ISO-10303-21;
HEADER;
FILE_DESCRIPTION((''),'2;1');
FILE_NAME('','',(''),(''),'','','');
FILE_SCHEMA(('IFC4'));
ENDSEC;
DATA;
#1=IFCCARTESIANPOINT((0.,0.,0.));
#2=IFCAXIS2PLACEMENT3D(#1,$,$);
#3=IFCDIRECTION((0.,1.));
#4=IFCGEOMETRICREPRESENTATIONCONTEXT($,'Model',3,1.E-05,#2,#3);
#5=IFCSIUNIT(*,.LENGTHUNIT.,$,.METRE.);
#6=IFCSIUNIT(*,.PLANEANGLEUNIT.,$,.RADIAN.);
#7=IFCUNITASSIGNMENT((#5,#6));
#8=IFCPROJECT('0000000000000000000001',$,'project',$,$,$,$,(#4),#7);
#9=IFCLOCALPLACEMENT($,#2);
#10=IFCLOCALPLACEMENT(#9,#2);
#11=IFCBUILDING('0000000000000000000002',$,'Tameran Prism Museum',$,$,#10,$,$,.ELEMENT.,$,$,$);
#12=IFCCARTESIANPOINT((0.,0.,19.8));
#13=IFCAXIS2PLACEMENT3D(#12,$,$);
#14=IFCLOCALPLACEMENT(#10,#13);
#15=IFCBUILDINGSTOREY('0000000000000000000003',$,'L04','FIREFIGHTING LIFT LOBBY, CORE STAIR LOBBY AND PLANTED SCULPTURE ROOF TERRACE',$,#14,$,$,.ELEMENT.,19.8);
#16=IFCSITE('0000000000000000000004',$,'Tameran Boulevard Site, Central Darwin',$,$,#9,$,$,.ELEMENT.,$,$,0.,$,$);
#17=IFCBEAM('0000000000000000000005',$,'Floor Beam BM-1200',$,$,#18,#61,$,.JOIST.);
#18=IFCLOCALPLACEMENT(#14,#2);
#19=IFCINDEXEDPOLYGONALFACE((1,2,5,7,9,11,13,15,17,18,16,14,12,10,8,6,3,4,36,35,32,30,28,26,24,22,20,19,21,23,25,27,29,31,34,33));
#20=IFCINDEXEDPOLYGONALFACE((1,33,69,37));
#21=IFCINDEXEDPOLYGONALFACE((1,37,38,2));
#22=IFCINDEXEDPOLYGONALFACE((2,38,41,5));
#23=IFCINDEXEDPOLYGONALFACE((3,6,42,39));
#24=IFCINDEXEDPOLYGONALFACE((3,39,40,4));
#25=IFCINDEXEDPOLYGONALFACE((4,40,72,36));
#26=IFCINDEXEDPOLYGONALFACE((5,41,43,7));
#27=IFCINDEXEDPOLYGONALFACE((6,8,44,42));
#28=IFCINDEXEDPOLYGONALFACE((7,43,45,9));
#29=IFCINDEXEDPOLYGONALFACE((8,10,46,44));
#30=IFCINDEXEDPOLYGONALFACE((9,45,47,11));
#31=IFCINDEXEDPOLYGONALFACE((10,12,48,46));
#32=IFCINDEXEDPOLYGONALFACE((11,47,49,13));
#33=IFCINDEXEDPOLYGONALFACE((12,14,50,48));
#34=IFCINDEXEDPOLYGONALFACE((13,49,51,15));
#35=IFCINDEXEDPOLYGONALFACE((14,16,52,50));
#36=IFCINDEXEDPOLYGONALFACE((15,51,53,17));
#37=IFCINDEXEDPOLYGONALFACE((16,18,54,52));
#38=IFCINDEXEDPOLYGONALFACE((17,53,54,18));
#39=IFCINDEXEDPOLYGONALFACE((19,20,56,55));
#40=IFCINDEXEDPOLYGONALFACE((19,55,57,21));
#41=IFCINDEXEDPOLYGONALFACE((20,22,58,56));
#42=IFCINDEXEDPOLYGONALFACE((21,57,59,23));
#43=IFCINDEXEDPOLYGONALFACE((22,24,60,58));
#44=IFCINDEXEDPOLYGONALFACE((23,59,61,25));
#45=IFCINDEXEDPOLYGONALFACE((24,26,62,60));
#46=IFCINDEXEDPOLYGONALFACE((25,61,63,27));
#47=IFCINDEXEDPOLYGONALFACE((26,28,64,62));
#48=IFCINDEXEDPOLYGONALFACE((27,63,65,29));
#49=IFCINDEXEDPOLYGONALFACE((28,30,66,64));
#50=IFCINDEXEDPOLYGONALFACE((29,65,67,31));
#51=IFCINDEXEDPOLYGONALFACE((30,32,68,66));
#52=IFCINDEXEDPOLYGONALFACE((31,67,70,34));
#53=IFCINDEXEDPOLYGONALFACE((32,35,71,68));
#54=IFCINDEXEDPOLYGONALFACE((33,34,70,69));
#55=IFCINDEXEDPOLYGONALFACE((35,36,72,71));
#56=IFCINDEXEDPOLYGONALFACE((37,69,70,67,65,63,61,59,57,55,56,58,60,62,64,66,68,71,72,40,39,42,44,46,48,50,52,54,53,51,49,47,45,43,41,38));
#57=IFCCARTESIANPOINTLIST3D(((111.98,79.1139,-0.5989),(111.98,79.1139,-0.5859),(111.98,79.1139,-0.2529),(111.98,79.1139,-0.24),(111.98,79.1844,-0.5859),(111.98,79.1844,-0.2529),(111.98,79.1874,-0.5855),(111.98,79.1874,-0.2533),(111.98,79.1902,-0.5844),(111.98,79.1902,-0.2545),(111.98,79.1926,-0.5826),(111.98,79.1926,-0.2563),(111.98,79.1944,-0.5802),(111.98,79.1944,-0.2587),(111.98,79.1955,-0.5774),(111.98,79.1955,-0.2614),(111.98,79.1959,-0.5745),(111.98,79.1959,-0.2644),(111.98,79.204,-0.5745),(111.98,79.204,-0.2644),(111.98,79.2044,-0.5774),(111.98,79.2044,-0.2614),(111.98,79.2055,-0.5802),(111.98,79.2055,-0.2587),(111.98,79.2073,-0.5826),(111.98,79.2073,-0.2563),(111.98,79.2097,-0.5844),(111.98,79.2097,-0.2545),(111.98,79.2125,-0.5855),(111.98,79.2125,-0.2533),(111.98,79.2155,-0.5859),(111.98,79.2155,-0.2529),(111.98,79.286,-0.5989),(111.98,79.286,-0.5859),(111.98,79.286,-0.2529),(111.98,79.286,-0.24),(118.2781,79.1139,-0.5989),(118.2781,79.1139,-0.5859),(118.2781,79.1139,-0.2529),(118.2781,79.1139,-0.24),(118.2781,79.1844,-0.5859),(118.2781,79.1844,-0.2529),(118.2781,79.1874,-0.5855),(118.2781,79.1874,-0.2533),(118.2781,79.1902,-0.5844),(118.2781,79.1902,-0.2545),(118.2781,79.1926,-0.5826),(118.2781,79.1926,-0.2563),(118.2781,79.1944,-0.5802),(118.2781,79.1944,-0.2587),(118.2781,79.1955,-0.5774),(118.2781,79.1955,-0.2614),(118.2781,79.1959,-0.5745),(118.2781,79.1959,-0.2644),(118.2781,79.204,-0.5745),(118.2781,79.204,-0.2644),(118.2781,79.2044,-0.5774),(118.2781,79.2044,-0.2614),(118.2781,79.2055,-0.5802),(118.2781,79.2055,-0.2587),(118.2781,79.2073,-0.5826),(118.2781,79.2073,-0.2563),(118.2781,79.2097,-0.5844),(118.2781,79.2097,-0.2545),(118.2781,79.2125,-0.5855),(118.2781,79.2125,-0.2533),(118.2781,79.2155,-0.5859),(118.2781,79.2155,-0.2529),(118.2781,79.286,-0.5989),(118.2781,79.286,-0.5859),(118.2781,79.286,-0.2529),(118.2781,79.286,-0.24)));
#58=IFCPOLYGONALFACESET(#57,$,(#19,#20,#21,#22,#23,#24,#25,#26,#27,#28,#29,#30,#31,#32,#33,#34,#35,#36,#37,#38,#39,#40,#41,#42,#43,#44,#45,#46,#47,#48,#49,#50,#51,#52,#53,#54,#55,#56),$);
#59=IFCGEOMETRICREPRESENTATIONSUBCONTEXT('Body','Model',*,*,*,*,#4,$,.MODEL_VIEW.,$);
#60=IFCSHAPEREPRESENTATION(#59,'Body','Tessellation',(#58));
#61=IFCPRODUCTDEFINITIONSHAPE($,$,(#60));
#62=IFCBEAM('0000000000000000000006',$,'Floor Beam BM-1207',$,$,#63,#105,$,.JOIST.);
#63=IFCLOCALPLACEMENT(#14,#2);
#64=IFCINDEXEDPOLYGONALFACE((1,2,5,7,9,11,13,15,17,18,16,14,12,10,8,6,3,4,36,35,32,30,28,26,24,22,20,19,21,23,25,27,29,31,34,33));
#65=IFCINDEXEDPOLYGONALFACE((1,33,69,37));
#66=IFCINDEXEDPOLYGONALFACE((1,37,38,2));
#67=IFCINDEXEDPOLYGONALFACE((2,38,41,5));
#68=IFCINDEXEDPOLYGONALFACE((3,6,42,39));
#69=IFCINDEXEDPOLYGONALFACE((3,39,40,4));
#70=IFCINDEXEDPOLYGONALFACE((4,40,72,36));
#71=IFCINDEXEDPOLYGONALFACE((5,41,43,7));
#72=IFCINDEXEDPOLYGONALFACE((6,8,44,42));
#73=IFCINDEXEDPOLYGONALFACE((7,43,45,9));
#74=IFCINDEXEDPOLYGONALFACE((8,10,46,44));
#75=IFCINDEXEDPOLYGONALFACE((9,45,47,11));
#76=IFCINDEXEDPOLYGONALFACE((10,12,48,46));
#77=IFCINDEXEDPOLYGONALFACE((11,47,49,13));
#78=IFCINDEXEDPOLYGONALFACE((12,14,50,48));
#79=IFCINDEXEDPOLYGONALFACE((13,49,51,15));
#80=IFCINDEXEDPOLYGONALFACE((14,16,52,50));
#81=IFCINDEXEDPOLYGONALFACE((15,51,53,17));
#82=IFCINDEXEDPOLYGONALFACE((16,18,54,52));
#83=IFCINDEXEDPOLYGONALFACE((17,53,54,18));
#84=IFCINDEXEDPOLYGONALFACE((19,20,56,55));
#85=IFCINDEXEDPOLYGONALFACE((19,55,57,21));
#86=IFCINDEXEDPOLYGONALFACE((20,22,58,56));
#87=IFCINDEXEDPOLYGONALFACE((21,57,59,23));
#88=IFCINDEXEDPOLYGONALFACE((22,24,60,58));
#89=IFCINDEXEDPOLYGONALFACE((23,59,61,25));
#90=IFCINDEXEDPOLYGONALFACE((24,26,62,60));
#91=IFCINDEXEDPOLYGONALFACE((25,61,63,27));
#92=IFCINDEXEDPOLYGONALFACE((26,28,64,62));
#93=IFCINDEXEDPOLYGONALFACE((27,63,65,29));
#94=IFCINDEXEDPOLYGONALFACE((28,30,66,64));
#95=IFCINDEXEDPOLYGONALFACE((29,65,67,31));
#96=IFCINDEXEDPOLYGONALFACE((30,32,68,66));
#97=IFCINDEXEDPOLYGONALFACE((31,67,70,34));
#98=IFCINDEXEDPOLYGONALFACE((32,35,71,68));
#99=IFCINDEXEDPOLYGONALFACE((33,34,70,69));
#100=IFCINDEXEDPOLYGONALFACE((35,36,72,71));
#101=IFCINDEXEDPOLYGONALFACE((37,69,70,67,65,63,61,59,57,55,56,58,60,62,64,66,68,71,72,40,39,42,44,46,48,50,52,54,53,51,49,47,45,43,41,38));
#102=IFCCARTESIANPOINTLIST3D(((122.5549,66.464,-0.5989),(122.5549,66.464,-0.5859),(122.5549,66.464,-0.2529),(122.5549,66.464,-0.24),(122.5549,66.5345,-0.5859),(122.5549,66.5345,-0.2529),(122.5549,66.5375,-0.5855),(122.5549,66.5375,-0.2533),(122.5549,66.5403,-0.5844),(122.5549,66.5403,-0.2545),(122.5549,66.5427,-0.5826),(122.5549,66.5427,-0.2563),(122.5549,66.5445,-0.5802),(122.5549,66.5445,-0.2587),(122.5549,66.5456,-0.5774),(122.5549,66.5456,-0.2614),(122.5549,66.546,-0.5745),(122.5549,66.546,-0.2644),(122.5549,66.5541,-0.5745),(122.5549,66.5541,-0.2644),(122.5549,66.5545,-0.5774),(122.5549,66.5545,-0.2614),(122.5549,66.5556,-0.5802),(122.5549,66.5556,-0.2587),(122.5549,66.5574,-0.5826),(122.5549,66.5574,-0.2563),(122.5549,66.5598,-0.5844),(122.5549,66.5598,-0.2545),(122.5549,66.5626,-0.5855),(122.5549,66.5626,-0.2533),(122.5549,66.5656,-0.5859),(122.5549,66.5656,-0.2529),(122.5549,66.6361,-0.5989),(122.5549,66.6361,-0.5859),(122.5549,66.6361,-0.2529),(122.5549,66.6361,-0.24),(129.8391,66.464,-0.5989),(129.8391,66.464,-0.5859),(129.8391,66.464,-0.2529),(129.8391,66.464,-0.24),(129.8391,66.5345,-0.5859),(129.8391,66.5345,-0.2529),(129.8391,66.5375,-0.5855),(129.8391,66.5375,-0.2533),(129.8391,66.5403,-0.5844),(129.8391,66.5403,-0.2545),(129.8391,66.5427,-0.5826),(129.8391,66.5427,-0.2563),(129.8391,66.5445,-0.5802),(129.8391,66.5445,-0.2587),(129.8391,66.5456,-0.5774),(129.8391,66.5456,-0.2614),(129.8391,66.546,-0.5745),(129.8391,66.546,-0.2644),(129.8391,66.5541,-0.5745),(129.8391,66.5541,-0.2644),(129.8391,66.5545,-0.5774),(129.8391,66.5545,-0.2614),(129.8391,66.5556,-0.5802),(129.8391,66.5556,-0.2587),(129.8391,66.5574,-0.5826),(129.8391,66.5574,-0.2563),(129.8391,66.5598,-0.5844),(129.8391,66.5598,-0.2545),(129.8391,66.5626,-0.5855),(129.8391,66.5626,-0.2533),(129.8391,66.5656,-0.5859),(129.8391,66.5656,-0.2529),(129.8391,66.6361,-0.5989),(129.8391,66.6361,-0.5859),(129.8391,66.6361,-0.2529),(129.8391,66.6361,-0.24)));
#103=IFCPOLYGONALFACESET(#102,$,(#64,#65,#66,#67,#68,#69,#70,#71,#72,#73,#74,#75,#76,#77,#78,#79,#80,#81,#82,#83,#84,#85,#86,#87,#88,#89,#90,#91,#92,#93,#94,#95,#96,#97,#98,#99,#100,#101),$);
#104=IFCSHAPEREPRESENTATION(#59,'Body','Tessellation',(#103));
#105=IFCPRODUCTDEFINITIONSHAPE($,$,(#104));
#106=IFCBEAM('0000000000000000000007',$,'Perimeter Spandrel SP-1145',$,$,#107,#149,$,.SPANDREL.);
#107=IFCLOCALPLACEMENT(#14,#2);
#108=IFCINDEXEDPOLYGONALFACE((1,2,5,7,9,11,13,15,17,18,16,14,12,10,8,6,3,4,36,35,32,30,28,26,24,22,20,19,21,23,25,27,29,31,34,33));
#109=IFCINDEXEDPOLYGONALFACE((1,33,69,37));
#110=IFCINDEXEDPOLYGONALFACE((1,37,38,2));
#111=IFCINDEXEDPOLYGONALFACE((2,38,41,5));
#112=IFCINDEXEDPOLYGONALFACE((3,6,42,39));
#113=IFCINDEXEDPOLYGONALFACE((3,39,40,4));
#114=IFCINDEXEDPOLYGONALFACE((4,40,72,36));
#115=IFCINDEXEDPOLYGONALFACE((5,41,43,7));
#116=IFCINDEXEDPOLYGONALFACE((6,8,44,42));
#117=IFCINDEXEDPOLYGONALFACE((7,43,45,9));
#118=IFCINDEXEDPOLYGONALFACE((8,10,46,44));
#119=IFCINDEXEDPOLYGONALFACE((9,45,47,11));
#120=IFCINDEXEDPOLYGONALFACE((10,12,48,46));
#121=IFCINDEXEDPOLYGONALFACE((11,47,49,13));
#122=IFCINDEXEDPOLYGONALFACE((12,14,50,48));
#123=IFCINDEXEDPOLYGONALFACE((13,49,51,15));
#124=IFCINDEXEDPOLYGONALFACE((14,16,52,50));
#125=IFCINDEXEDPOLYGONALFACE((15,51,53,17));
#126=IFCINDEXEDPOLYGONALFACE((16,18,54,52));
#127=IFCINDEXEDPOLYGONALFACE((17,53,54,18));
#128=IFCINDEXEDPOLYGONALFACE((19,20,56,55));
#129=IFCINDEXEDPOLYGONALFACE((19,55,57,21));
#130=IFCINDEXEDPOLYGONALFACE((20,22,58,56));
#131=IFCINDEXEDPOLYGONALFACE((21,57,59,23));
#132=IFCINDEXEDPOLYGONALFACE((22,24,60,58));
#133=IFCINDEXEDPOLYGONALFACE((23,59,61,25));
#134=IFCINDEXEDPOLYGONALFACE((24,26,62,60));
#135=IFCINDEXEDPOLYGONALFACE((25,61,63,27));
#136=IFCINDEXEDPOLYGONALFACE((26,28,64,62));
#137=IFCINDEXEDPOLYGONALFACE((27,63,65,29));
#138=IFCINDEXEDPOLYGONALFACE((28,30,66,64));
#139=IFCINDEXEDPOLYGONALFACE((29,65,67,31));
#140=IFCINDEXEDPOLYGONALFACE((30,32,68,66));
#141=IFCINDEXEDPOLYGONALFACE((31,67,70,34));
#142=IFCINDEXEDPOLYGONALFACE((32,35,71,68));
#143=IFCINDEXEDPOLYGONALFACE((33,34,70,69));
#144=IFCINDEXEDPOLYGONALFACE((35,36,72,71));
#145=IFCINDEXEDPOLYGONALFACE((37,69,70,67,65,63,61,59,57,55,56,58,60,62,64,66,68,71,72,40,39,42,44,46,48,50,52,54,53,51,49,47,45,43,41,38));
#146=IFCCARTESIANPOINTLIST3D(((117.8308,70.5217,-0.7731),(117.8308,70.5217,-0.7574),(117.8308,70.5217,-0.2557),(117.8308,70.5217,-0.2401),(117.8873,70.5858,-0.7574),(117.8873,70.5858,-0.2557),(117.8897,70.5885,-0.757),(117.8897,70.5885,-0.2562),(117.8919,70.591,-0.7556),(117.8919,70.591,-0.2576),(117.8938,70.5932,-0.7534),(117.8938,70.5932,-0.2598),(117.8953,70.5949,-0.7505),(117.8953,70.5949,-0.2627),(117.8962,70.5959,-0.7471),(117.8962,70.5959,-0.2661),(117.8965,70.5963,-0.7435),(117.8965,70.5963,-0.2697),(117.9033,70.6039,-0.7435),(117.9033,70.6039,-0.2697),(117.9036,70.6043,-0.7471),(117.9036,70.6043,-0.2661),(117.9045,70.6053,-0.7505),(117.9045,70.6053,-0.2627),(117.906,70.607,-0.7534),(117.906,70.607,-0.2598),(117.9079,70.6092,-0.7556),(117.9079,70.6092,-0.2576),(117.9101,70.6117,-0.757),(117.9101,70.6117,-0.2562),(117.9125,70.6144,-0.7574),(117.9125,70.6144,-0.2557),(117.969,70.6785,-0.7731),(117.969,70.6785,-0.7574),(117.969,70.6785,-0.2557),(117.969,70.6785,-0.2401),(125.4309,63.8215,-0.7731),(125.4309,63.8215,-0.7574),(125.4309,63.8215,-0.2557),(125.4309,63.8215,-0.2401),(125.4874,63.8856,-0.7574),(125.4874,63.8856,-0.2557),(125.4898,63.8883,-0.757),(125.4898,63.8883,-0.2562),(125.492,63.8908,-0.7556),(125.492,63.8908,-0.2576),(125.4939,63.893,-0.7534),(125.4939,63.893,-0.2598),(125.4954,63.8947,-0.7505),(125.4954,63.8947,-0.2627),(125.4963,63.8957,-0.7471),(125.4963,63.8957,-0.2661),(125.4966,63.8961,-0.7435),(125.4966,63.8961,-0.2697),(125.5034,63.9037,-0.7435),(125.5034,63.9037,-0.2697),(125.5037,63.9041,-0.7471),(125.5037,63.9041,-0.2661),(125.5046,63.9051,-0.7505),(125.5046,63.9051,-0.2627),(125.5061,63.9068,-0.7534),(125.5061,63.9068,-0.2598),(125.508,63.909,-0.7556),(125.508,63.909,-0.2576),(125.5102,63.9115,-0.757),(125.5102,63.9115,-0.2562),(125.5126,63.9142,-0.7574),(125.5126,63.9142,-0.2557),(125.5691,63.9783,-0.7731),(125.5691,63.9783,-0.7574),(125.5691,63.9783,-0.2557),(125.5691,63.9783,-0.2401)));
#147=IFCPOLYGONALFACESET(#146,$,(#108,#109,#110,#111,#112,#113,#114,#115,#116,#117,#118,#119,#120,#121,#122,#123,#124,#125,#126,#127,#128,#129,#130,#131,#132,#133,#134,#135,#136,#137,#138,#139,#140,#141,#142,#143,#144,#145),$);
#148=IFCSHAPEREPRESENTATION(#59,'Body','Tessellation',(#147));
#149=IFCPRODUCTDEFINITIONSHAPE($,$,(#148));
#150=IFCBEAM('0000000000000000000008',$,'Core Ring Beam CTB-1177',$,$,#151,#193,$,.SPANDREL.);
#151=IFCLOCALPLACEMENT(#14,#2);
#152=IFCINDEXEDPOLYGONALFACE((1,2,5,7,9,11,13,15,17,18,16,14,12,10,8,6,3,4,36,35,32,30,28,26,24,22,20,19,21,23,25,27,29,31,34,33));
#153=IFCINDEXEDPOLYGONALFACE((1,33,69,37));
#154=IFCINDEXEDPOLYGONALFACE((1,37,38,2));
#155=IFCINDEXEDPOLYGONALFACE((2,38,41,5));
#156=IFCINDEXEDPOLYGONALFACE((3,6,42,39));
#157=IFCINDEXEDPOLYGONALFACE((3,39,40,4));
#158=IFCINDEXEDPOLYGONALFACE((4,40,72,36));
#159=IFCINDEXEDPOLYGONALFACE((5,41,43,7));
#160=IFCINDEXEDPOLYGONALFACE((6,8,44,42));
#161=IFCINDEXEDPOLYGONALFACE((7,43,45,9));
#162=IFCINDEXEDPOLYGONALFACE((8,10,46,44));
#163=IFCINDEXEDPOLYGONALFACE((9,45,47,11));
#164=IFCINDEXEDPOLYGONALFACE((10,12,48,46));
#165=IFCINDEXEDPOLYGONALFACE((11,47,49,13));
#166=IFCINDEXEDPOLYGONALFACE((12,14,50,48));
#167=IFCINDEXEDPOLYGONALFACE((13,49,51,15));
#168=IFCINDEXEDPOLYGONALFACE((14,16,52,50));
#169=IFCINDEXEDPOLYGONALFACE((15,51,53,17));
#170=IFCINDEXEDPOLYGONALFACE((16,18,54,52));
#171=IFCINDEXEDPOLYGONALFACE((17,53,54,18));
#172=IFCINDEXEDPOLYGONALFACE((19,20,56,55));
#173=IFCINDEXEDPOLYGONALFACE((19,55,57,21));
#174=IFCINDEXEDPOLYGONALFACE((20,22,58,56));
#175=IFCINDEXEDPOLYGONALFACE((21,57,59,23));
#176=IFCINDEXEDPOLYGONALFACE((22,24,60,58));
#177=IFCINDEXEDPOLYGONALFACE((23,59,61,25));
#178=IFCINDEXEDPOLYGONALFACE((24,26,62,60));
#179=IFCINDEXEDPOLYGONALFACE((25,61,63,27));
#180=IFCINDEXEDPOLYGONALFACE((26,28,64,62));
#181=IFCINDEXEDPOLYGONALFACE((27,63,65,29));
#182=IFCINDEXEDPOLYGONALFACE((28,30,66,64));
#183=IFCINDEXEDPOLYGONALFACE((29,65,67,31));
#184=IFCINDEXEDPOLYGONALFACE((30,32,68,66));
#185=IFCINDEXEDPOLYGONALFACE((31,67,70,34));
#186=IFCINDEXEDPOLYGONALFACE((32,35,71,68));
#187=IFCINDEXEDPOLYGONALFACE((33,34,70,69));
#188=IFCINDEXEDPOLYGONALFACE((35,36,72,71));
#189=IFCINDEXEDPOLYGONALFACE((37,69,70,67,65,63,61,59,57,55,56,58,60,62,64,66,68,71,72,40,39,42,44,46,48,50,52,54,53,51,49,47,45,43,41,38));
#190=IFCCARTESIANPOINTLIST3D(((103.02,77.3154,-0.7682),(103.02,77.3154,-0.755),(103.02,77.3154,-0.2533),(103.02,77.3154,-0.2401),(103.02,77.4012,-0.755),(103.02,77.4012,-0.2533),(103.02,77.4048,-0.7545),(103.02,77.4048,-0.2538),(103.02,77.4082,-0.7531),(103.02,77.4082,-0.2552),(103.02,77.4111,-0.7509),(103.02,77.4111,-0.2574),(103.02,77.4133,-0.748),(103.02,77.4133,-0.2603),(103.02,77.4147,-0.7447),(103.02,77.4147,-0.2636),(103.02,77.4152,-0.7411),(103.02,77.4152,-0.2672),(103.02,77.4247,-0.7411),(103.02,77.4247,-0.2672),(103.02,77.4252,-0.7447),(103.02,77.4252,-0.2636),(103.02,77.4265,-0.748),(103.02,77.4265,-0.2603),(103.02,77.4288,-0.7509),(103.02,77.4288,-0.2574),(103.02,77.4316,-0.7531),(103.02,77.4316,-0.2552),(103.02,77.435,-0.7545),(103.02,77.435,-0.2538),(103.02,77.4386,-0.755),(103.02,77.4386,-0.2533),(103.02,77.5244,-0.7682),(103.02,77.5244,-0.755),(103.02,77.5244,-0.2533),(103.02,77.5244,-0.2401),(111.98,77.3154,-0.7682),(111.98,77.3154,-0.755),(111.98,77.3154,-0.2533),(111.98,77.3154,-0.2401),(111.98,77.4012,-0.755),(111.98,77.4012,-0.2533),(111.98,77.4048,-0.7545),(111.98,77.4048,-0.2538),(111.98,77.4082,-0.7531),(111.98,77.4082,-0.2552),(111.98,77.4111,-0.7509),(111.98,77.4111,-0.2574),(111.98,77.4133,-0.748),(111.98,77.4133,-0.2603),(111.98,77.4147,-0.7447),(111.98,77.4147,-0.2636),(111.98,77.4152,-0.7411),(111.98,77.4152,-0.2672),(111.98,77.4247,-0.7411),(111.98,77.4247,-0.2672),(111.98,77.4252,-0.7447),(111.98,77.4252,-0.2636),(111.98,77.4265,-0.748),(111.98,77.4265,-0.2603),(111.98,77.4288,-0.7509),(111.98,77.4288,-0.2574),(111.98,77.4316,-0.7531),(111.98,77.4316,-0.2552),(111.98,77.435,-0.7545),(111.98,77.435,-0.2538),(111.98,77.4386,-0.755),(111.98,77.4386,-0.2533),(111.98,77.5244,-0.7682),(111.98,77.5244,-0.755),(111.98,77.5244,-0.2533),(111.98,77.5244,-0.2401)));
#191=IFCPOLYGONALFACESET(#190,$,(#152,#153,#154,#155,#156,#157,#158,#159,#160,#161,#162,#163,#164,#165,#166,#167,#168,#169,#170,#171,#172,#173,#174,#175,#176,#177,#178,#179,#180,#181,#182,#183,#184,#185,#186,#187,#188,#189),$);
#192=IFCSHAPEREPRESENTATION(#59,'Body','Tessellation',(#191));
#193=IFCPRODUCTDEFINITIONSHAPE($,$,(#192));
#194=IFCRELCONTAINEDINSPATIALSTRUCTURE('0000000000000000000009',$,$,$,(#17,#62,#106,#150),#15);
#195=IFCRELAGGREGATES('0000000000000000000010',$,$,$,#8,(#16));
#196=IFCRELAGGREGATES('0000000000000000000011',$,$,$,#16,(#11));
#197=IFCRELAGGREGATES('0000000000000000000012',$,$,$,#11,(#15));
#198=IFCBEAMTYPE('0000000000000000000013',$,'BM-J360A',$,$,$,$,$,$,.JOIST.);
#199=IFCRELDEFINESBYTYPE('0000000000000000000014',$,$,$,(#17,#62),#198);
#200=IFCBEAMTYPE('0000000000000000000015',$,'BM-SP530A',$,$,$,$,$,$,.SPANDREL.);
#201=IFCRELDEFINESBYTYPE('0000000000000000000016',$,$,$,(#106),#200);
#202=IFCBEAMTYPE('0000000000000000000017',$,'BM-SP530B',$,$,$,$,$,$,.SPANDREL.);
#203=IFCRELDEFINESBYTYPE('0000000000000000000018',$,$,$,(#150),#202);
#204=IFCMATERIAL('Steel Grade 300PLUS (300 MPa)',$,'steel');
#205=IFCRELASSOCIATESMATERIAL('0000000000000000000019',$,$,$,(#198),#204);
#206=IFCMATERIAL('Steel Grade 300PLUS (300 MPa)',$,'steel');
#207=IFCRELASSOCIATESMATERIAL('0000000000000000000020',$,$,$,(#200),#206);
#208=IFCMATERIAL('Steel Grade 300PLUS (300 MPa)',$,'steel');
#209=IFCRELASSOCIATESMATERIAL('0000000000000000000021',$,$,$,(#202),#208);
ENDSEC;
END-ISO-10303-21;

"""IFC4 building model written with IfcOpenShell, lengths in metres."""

from ifc_helpers import new_model, si_unit, direction, frame, origin, origin_2d, place, context, subcontext, project, spatial, i_section, extrude, material, material_profile, profile_set, type_object, element, save


model = new_model("IFC4")

# Units and contexts
model_context = context("Model", 3, precision=1e-05, world=origin(), true_north=direction((0.0, 1.0)))
body_context = subcontext(model_context, "Body", "Model", "MODEL_VIEW")
ifc_project = project(units=[si_unit("LENGTHUNIT", "METRE"), si_unit("PLANEANGLEUNIT", "RADIAN")], contexts=[model_context])

# Site, building, storey
site_placement = place(None, origin())
site = spatial("IfcSite", under=ifc_project, at=site_placement, Name="Tameran Boulevard Site, Central Darwin", CompositionType="ELEMENT", RefElevation=0.0)
building_placement = place(site_placement, origin())
building = spatial("IfcBuilding", under=site, at=building_placement, Name="Tameran Prism Museum", CompositionType="ELEMENT")
storey_placement = place(building_placement, frame((0.0, 0.0, 19.8)))
storey = spatial("IfcBuildingStorey", under=building, at=storey_placement, Name="L04", Description="FIREFIGHTING LIFT LOBBY, CORE STAIR LOBBY AND PLANTED SCULPTURE ROOF TERRACE", CompositionType="ELEMENT", Elevation=19.8)

# Beams
ifc_material_1 = material(Name="Steel Grade 300PLUS (300 MPa)", Category="steel")
ifc_material_profile_1 = material_profile(ifc_material_1, i_section(OverallWidth=0.1721, OverallDepth=0.3589, WebThickness=0.0081, FlangeThickness=0.0129, FilletRadius=0.0115, at=origin_2d()))
ifc_profile_set_1 = profile_set([ifc_material_profile_1])
beam_type_1 = type_object("IfcBeamType", Name="BM-J360A", PredefinedType="JOIST", material=ifc_profile_set_1)
beam_1_placement = place(storey_placement, frame((111.98, 79.2, -0.4194), z_axis=(1.0, 0.0, 0.0), x_axis=(0.0, 1.0, 0.0)))
element("IfcBeam", 1, at=beam_1_placement, inside=storey, type_object=beam_type_1, Name="Floor Beam BM-1200", PredefinedType="JOIST", context=body_context, shape_type="SweptSolid", body=[
    extrude(i_section(OverallWidth=0.1721, OverallDepth=0.3589, WebThickness=0.0081, FlangeThickness=0.0129, FilletRadius=0.0115, at=origin_2d()), origin(), (0.0, 0.0, 1.0), 6.2981),
])
beam_2_placement = place(storey_placement, frame((122.5549, 66.55, -0.4194), z_axis=(1.0, 0.0, 0.0), x_axis=(0.0, 1.0, 0.0)))
element("IfcBeam", 2, at=beam_2_placement, inside=storey, type_object=beam_type_1, Name="Floor Beam BM-1207", PredefinedType="JOIST", context=body_context, shape_type="SweptSolid", body=[
    extrude(i_section(OverallWidth=0.1721, OverallDepth=0.3589, WebThickness=0.0081, FlangeThickness=0.0129, FilletRadius=0.0115, at=origin_2d()), origin(), (0.0, 0.0, 1.0), 7.2842),
])
ifc_material_2 = material(Name="Steel Grade 300PLUS (300 MPa)", Category="steel")
ifc_material_profile_2 = material_profile(ifc_material_2, i_section(OverallWidth=0.209, OverallDepth=0.533, WebThickness=0.0103, FlangeThickness=0.0156, FilletRadius=0.0139, at=origin_2d()))
ifc_profile_set_2 = profile_set([ifc_material_profile_2])
beam_type_2 = type_object("IfcBeamType", Name="BM-SP530A", PredefinedType="SPANDREL", material=ifc_profile_set_2)
beam_3_placement = place(storey_placement, frame((117.8999, 70.6001, -0.5066), z_axis=(0.75012, -0.661301, 0.0), x_axis=(0.661301, 0.75012, 0.0)))
element("IfcBeam", 3, at=beam_3_placement, inside=storey, type_object=beam_type_2, Name="Perimeter Spandrel SP-1145", PredefinedType="SPANDREL", context=body_context, shape_type="SweptSolid", body=[
    extrude(i_section(OverallWidth=0.209, OverallDepth=0.533, WebThickness=0.0103, FlangeThickness=0.0156, FilletRadius=0.0139, at=origin_2d()), origin(), (0.0, 0.0, 1.0), 10.1318),
])
ifc_material_3 = material(Name="Steel Grade 300PLUS (300 MPa)", Category="steel")
ifc_material_profile_3 = material_profile(ifc_material_3, i_section(OverallWidth=0.209, OverallDepth=0.5281, WebThickness=0.0095, FlangeThickness=0.0132, FilletRadius=0.0139, at=origin_2d()))
ifc_profile_set_3 = profile_set([ifc_material_profile_3])
beam_type_3 = type_object("IfcBeamType", Name="BM-SP530B", PredefinedType="SPANDREL", material=ifc_profile_set_3)
beam_4_placement = place(storey_placement, frame((103.02, 77.4199, -0.5042), z_axis=(1.0, 0.0, 0.0), x_axis=(0.0, 1.0, 0.0)))
element("IfcBeam", 4, at=beam_4_placement, inside=storey, type_object=beam_type_3, Name="Core Ring Beam CTB-1177", PredefinedType="SPANDREL", context=body_context, shape_type="SweptSolid", body=[
    extrude(i_section(OverallWidth=0.209, OverallDepth=0.5281, WebThickness=0.0095, FlangeThickness=0.0132, FilletRadius=0.0139, at=origin_2d()), origin(), (0.0, 0.0, 1.0), 8.96),
])

save(model, "model.ifc")
